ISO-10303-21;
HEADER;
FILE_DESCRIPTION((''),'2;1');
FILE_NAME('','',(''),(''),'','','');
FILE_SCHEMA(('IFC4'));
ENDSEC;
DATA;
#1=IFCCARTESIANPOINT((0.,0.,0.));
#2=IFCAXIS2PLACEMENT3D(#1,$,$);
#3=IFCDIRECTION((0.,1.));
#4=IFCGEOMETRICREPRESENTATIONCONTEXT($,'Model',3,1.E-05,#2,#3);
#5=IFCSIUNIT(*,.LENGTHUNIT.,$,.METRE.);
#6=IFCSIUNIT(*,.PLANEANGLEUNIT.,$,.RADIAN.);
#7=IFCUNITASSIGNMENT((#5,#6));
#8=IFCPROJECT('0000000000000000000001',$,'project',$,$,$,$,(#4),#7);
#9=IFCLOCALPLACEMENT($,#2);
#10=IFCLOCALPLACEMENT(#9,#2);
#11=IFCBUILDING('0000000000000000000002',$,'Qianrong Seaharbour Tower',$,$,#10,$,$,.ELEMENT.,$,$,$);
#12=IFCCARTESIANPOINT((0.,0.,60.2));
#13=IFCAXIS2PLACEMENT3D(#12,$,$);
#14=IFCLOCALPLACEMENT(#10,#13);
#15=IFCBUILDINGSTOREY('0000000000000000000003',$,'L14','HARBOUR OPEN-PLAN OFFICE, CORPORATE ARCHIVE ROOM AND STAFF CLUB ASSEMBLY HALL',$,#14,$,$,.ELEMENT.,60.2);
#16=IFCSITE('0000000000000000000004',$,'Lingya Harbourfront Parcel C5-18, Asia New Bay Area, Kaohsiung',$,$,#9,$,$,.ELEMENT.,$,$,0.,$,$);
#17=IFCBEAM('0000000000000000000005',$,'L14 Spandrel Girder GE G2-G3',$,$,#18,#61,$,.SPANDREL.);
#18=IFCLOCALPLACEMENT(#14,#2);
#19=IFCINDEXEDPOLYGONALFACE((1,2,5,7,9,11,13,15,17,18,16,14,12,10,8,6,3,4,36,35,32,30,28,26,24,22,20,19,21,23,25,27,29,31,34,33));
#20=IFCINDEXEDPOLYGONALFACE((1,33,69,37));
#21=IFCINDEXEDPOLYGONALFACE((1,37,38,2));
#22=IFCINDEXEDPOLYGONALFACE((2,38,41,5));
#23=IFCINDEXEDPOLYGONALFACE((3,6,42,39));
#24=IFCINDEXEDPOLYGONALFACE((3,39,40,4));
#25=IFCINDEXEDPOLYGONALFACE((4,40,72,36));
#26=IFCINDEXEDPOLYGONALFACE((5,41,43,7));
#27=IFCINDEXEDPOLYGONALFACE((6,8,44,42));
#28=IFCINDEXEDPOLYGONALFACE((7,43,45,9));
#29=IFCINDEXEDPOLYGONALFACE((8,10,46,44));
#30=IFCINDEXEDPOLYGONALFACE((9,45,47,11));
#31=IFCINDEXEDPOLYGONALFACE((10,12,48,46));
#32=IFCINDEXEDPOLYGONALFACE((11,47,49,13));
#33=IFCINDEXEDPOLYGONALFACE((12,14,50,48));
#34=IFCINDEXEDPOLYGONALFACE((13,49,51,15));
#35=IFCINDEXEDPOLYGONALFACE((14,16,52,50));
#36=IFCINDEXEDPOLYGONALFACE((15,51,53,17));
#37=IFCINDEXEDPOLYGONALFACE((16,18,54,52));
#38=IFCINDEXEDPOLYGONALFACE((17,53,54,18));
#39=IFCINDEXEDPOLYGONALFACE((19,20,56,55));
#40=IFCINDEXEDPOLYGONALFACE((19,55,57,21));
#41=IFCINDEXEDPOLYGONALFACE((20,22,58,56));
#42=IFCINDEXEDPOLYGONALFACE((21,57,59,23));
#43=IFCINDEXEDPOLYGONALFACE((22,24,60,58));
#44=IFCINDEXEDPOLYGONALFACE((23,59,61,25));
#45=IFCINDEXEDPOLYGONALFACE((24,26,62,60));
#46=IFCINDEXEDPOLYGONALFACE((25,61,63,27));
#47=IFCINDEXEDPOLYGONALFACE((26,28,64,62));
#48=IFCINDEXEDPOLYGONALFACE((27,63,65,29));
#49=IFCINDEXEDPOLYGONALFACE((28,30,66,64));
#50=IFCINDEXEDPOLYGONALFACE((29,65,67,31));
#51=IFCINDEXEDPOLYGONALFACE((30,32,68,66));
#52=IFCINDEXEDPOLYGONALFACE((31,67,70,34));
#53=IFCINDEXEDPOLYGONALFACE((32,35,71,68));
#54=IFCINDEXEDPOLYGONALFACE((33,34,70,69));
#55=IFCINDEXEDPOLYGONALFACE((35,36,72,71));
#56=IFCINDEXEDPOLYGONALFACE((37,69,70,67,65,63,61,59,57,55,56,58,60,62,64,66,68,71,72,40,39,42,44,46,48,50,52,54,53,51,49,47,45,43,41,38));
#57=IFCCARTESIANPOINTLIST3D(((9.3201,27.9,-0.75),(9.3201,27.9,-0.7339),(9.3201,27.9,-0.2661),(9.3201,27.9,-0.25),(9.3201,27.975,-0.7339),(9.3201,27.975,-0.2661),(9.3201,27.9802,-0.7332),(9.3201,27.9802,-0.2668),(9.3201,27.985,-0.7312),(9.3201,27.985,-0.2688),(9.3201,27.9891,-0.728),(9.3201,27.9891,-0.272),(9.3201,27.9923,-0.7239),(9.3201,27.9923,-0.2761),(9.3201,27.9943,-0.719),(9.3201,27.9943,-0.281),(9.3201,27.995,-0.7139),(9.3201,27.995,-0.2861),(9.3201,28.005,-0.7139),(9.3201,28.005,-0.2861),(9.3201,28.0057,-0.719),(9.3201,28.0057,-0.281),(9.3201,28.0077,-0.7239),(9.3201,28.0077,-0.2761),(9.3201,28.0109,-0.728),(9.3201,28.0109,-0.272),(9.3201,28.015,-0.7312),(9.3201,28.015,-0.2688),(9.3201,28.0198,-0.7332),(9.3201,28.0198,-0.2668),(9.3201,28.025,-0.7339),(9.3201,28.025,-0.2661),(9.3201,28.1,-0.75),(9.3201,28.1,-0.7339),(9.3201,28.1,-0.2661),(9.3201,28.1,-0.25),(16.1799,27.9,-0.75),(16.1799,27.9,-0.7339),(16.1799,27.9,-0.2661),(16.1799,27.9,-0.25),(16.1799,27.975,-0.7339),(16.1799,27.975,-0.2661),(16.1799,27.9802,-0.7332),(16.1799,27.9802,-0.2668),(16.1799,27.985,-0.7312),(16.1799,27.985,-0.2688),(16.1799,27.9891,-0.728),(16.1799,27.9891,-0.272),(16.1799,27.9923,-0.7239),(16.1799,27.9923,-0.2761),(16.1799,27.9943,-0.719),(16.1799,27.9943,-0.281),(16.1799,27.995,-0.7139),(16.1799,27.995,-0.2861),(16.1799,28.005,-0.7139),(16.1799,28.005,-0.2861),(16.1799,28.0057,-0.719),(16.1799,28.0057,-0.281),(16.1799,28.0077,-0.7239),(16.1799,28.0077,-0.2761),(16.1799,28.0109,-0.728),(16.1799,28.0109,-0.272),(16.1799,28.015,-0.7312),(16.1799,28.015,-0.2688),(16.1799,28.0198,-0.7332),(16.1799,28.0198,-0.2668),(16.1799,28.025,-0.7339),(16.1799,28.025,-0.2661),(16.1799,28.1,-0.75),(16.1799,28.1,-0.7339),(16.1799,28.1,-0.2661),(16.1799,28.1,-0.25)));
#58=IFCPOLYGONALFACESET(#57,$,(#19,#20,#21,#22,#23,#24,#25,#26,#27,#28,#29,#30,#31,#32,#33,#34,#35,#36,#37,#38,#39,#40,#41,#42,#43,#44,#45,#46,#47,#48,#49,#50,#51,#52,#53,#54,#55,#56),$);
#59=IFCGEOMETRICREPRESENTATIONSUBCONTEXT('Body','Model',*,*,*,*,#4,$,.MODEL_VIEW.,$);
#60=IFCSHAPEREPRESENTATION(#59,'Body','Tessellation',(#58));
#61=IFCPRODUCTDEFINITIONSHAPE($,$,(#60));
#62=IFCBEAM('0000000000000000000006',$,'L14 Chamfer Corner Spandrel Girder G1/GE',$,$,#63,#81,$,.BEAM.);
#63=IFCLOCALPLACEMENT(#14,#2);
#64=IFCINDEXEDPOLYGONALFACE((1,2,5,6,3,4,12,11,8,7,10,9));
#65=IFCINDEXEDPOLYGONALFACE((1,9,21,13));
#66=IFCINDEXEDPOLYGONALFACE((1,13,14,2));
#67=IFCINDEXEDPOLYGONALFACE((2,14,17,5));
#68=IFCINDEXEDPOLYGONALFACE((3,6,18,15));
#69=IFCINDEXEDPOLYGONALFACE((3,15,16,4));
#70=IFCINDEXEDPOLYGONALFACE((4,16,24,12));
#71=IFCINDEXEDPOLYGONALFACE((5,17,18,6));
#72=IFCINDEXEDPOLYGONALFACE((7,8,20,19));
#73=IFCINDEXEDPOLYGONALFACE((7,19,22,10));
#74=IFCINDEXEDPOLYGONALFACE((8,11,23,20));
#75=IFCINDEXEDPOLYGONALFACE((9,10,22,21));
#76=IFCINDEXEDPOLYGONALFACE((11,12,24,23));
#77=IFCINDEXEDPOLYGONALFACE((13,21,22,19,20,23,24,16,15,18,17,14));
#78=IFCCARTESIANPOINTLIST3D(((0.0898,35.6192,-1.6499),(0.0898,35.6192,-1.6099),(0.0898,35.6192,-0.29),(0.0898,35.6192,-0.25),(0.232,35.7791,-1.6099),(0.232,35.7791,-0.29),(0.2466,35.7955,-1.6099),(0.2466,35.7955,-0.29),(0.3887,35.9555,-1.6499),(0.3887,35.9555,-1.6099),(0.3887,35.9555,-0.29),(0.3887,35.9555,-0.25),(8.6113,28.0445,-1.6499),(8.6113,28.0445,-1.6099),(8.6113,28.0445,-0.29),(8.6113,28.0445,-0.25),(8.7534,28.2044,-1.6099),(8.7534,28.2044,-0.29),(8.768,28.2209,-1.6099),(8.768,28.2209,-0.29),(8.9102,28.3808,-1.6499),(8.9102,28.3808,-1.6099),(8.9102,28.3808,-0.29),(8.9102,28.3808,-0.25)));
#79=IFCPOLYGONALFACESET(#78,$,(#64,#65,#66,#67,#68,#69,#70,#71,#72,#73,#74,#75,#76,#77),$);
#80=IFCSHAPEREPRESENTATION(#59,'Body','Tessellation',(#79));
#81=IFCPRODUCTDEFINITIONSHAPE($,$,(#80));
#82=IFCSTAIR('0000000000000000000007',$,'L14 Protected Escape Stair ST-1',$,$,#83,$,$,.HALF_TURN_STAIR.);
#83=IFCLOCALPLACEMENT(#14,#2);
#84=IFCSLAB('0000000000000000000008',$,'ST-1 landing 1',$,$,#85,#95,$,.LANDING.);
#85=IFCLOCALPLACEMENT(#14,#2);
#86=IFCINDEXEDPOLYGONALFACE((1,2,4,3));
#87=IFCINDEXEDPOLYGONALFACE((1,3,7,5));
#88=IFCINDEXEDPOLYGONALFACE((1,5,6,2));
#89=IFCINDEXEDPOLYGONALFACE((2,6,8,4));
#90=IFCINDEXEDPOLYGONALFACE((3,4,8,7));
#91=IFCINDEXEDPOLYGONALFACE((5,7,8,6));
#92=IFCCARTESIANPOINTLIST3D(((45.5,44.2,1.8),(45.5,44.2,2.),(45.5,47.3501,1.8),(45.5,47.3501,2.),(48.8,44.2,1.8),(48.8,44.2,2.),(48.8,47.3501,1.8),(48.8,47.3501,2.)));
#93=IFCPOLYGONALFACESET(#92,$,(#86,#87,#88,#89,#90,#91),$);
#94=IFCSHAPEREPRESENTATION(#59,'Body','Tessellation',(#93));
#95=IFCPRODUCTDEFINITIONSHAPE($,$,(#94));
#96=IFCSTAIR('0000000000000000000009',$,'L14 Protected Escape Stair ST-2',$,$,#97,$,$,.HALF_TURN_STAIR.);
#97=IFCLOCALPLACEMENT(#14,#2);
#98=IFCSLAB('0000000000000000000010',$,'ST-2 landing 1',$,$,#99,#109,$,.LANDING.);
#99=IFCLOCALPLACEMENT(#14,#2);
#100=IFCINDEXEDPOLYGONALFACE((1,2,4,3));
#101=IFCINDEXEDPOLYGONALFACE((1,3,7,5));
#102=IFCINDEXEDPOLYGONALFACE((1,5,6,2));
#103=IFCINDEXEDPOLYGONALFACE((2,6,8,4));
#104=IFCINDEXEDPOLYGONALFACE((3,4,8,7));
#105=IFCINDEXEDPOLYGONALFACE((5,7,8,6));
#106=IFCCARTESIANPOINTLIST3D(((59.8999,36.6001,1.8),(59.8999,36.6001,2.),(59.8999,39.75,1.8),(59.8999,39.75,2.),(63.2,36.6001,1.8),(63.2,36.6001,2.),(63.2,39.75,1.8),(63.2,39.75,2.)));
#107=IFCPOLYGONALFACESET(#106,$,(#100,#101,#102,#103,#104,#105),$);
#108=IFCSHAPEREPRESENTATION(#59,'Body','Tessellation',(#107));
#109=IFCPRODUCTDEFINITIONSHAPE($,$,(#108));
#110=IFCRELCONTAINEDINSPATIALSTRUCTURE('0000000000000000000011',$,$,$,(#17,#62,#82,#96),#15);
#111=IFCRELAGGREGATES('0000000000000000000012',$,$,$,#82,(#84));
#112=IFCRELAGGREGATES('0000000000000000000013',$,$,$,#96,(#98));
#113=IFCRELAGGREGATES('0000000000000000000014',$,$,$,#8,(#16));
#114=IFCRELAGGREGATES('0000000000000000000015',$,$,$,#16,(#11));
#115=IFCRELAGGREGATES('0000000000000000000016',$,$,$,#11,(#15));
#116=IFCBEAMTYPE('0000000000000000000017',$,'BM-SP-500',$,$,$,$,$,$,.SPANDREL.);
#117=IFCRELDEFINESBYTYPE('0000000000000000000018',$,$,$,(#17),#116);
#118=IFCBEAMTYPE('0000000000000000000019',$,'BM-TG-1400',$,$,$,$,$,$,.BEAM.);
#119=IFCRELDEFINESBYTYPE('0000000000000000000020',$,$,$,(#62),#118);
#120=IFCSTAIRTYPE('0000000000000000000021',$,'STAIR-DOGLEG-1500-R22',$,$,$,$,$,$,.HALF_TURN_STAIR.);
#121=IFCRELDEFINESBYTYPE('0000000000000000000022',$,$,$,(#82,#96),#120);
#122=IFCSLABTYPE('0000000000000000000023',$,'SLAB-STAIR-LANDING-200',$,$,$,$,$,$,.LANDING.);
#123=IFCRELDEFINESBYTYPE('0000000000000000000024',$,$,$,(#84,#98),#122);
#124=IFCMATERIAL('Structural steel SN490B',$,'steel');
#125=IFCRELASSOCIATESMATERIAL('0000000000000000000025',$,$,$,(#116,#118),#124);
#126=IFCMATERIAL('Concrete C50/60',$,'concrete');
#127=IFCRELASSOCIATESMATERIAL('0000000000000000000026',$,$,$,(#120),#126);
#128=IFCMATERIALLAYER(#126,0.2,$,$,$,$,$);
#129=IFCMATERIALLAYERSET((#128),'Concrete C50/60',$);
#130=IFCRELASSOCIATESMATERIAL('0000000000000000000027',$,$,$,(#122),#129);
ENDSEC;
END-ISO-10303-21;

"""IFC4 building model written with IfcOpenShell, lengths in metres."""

from ifc_helpers import new_model, si_unit, direction, frame, origin, origin_2d, place, context, subcontext, project, spatial, polyline, i_section, outline, extrude, material, layer, layer_set, material_profile, profile_set, type_object, element, aggregate, save


model = new_model("IFC4")

# Units and contexts
model_context = context("Model", 3, precision=1e-05, world=origin(), true_north=direction((0.0, 1.0)))
body_context = subcontext(model_context, "Body", "Model", "MODEL_VIEW")
ifc_project = project(units=[si_unit("LENGTHUNIT", "METRE"), si_unit("PLANEANGLEUNIT", "RADIAN")], contexts=[model_context])

# Site, building, storey
site_placement = place(None, origin())
site = spatial("IfcSite", under=ifc_project, at=site_placement, Name="Lingya Harbourfront Parcel C5-18, Asia New Bay Area, Kaohsiung", CompositionType="ELEMENT", RefElevation=0.0)
building_placement = place(site_placement, origin())
building = spatial("IfcBuilding", under=site, at=building_placement, Name="Qianrong Seaharbour Tower", CompositionType="ELEMENT")
storey_placement = place(building_placement, frame((0.0, 0.0, 60.2)))
storey = spatial("IfcBuildingStorey", under=building, at=storey_placement, Name="L14", Description="HARBOUR OPEN-PLAN OFFICE, CORPORATE ARCHIVE ROOM AND STAFF CLUB ASSEMBLY HALL", CompositionType="ELEMENT", Elevation=60.2)

# Shared definitions
ifc_material_1 = material(Name="Structural steel SN490B", Category="steel")

# Beams
ifc_material_profile_1 = material_profile(ifc_material_1, i_section(OverallWidth=0.2, OverallDepth=0.5, WebThickness=0.01, FlangeThickness=0.0161, FilletRadius=0.02, at=origin_2d()), Name="H500x200x10x16")
ifc_profile_set_1 = profile_set([ifc_material_profile_1], Name="Structural steel SN490B")
beam_type_1 = type_object("IfcBeamType", Name="BM-SP-500", PredefinedType="SPANDREL", material=ifc_profile_set_1)
beam_1_placement = place(storey_placement, frame((9.3201, 28.0, -0.5), z_axis=(1.0, 0.0, 0.0), x_axis=(0.0, 1.0, 0.0)))
element("IfcBeam", 1, at=beam_1_placement, inside=storey, type_object=beam_type_1, Name="L14 Spandrel Girder GE G2-G3", PredefinedType="SPANDREL", context=body_context, shape_type="SweptSolid", body=[
    extrude(i_section(OverallWidth=0.2, OverallDepth=0.5, WebThickness=0.01, FlangeThickness=0.0161, FilletRadius=0.02, at=origin_2d()), origin(), (0.0, 0.0, 1.0), 6.8599),
])
ifc_material_profile_2 = material_profile(ifc_material_1, i_section(OverallWidth=0.45, OverallDepth=1.3999, WebThickness=0.022, FlangeThickness=0.04, at=origin_2d()), Name="BH1400x450x22x40")
ifc_profile_set_2 = profile_set([ifc_material_profile_2], Name="Structural steel SN490B")
beam_type_2 = type_object("IfcBeamType", Name="BM-TG-1400", PredefinedType="BEAM", material=ifc_profile_set_2)
beam_2_placement = place(storey_placement, frame((8.7607, 28.2126, -0.95), z_axis=(-0.747407, 0.664366, 0.0), x_axis=(-0.664366, -0.747407, 0.0)))
element("IfcBeam", 2, at=beam_2_placement, inside=storey, type_object=beam_type_2, Name="L14 Chamfer Corner Spandrel Girder G1/GE", PredefinedType="BEAM", context=body_context, shape_type="SweptSolid", body=[
    extrude(i_section(OverallWidth=0.45, OverallDepth=1.3999, WebThickness=0.022, FlangeThickness=0.04, at=origin_2d()), origin(), (0.0, 0.0, 1.0), 11.4014),
])

# Stairs, slabs
ifc_material_2 = material(Name="Concrete C50/60", Category="concrete")
stair_type = type_object("IfcStairType", Name="STAIR-DOGLEG-1500-R22", PredefinedType="HALF_TURN_STAIR", material=ifc_material_2)
stair_1_placement = place(storey_placement, origin())
stair_1 = element("IfcStair", 3, at=stair_1_placement, inside=storey, type_object=stair_type, Name="L14 Protected Escape Stair ST-1", PredefinedType="HALF_TURN_STAIR")
ifc_layer_1 = layer(ifc_material_2, 0.2)
ifc_layer_set_1 = layer_set([ifc_layer_1], Name="Concrete C50/60")
slab_type_1 = type_object("IfcSlabType", Name="SLAB-STAIR-LANDING-200", PredefinedType="LANDING", material=ifc_layer_set_1)
slab_1_placement = place(storey_placement, frame((0.0, 0.0, 1.8)))
slab_1 = element("IfcSlab", 4, at=slab_1_placement, type_object=slab_type_1, Name="ST-1 landing 1", PredefinedType="LANDING", context=body_context, shape_type="SweptSolid", body=[
    extrude(outline(polyline([(45.5, 44.2), (48.8, 44.2), (48.8, 47.3501), (45.5, 47.3501), (45.5, 44.2)])), origin(), (0.0, 0.0, 1.0), 0.2),
])
aggregate(stair_1, [slab_1])
stair_2_placement = place(storey_placement, origin())
stair_2 = element("IfcStair", 5, at=stair_2_placement, inside=storey, type_object=stair_type, Name="L14 Protected Escape Stair ST-2", PredefinedType="HALF_TURN_STAIR")
slab_2_placement = place(storey_placement, frame((0.0, 0.0, 1.8)))
slab_2 = element("IfcSlab", 6, at=slab_2_placement, type_object=slab_type_1, Name="ST-2 landing 1", PredefinedType="LANDING", context=body_context, shape_type="SweptSolid", body=[
    extrude(outline(polyline([(59.8999, 36.6001), (63.2, 36.6001), (63.2, 39.75), (59.8999, 39.75), (59.8999, 36.6001)])), origin(), (0.0, 0.0, 1.0), 0.2),
])
aggregate(stair_2, [slab_2])

save(model, "model.ifc")
